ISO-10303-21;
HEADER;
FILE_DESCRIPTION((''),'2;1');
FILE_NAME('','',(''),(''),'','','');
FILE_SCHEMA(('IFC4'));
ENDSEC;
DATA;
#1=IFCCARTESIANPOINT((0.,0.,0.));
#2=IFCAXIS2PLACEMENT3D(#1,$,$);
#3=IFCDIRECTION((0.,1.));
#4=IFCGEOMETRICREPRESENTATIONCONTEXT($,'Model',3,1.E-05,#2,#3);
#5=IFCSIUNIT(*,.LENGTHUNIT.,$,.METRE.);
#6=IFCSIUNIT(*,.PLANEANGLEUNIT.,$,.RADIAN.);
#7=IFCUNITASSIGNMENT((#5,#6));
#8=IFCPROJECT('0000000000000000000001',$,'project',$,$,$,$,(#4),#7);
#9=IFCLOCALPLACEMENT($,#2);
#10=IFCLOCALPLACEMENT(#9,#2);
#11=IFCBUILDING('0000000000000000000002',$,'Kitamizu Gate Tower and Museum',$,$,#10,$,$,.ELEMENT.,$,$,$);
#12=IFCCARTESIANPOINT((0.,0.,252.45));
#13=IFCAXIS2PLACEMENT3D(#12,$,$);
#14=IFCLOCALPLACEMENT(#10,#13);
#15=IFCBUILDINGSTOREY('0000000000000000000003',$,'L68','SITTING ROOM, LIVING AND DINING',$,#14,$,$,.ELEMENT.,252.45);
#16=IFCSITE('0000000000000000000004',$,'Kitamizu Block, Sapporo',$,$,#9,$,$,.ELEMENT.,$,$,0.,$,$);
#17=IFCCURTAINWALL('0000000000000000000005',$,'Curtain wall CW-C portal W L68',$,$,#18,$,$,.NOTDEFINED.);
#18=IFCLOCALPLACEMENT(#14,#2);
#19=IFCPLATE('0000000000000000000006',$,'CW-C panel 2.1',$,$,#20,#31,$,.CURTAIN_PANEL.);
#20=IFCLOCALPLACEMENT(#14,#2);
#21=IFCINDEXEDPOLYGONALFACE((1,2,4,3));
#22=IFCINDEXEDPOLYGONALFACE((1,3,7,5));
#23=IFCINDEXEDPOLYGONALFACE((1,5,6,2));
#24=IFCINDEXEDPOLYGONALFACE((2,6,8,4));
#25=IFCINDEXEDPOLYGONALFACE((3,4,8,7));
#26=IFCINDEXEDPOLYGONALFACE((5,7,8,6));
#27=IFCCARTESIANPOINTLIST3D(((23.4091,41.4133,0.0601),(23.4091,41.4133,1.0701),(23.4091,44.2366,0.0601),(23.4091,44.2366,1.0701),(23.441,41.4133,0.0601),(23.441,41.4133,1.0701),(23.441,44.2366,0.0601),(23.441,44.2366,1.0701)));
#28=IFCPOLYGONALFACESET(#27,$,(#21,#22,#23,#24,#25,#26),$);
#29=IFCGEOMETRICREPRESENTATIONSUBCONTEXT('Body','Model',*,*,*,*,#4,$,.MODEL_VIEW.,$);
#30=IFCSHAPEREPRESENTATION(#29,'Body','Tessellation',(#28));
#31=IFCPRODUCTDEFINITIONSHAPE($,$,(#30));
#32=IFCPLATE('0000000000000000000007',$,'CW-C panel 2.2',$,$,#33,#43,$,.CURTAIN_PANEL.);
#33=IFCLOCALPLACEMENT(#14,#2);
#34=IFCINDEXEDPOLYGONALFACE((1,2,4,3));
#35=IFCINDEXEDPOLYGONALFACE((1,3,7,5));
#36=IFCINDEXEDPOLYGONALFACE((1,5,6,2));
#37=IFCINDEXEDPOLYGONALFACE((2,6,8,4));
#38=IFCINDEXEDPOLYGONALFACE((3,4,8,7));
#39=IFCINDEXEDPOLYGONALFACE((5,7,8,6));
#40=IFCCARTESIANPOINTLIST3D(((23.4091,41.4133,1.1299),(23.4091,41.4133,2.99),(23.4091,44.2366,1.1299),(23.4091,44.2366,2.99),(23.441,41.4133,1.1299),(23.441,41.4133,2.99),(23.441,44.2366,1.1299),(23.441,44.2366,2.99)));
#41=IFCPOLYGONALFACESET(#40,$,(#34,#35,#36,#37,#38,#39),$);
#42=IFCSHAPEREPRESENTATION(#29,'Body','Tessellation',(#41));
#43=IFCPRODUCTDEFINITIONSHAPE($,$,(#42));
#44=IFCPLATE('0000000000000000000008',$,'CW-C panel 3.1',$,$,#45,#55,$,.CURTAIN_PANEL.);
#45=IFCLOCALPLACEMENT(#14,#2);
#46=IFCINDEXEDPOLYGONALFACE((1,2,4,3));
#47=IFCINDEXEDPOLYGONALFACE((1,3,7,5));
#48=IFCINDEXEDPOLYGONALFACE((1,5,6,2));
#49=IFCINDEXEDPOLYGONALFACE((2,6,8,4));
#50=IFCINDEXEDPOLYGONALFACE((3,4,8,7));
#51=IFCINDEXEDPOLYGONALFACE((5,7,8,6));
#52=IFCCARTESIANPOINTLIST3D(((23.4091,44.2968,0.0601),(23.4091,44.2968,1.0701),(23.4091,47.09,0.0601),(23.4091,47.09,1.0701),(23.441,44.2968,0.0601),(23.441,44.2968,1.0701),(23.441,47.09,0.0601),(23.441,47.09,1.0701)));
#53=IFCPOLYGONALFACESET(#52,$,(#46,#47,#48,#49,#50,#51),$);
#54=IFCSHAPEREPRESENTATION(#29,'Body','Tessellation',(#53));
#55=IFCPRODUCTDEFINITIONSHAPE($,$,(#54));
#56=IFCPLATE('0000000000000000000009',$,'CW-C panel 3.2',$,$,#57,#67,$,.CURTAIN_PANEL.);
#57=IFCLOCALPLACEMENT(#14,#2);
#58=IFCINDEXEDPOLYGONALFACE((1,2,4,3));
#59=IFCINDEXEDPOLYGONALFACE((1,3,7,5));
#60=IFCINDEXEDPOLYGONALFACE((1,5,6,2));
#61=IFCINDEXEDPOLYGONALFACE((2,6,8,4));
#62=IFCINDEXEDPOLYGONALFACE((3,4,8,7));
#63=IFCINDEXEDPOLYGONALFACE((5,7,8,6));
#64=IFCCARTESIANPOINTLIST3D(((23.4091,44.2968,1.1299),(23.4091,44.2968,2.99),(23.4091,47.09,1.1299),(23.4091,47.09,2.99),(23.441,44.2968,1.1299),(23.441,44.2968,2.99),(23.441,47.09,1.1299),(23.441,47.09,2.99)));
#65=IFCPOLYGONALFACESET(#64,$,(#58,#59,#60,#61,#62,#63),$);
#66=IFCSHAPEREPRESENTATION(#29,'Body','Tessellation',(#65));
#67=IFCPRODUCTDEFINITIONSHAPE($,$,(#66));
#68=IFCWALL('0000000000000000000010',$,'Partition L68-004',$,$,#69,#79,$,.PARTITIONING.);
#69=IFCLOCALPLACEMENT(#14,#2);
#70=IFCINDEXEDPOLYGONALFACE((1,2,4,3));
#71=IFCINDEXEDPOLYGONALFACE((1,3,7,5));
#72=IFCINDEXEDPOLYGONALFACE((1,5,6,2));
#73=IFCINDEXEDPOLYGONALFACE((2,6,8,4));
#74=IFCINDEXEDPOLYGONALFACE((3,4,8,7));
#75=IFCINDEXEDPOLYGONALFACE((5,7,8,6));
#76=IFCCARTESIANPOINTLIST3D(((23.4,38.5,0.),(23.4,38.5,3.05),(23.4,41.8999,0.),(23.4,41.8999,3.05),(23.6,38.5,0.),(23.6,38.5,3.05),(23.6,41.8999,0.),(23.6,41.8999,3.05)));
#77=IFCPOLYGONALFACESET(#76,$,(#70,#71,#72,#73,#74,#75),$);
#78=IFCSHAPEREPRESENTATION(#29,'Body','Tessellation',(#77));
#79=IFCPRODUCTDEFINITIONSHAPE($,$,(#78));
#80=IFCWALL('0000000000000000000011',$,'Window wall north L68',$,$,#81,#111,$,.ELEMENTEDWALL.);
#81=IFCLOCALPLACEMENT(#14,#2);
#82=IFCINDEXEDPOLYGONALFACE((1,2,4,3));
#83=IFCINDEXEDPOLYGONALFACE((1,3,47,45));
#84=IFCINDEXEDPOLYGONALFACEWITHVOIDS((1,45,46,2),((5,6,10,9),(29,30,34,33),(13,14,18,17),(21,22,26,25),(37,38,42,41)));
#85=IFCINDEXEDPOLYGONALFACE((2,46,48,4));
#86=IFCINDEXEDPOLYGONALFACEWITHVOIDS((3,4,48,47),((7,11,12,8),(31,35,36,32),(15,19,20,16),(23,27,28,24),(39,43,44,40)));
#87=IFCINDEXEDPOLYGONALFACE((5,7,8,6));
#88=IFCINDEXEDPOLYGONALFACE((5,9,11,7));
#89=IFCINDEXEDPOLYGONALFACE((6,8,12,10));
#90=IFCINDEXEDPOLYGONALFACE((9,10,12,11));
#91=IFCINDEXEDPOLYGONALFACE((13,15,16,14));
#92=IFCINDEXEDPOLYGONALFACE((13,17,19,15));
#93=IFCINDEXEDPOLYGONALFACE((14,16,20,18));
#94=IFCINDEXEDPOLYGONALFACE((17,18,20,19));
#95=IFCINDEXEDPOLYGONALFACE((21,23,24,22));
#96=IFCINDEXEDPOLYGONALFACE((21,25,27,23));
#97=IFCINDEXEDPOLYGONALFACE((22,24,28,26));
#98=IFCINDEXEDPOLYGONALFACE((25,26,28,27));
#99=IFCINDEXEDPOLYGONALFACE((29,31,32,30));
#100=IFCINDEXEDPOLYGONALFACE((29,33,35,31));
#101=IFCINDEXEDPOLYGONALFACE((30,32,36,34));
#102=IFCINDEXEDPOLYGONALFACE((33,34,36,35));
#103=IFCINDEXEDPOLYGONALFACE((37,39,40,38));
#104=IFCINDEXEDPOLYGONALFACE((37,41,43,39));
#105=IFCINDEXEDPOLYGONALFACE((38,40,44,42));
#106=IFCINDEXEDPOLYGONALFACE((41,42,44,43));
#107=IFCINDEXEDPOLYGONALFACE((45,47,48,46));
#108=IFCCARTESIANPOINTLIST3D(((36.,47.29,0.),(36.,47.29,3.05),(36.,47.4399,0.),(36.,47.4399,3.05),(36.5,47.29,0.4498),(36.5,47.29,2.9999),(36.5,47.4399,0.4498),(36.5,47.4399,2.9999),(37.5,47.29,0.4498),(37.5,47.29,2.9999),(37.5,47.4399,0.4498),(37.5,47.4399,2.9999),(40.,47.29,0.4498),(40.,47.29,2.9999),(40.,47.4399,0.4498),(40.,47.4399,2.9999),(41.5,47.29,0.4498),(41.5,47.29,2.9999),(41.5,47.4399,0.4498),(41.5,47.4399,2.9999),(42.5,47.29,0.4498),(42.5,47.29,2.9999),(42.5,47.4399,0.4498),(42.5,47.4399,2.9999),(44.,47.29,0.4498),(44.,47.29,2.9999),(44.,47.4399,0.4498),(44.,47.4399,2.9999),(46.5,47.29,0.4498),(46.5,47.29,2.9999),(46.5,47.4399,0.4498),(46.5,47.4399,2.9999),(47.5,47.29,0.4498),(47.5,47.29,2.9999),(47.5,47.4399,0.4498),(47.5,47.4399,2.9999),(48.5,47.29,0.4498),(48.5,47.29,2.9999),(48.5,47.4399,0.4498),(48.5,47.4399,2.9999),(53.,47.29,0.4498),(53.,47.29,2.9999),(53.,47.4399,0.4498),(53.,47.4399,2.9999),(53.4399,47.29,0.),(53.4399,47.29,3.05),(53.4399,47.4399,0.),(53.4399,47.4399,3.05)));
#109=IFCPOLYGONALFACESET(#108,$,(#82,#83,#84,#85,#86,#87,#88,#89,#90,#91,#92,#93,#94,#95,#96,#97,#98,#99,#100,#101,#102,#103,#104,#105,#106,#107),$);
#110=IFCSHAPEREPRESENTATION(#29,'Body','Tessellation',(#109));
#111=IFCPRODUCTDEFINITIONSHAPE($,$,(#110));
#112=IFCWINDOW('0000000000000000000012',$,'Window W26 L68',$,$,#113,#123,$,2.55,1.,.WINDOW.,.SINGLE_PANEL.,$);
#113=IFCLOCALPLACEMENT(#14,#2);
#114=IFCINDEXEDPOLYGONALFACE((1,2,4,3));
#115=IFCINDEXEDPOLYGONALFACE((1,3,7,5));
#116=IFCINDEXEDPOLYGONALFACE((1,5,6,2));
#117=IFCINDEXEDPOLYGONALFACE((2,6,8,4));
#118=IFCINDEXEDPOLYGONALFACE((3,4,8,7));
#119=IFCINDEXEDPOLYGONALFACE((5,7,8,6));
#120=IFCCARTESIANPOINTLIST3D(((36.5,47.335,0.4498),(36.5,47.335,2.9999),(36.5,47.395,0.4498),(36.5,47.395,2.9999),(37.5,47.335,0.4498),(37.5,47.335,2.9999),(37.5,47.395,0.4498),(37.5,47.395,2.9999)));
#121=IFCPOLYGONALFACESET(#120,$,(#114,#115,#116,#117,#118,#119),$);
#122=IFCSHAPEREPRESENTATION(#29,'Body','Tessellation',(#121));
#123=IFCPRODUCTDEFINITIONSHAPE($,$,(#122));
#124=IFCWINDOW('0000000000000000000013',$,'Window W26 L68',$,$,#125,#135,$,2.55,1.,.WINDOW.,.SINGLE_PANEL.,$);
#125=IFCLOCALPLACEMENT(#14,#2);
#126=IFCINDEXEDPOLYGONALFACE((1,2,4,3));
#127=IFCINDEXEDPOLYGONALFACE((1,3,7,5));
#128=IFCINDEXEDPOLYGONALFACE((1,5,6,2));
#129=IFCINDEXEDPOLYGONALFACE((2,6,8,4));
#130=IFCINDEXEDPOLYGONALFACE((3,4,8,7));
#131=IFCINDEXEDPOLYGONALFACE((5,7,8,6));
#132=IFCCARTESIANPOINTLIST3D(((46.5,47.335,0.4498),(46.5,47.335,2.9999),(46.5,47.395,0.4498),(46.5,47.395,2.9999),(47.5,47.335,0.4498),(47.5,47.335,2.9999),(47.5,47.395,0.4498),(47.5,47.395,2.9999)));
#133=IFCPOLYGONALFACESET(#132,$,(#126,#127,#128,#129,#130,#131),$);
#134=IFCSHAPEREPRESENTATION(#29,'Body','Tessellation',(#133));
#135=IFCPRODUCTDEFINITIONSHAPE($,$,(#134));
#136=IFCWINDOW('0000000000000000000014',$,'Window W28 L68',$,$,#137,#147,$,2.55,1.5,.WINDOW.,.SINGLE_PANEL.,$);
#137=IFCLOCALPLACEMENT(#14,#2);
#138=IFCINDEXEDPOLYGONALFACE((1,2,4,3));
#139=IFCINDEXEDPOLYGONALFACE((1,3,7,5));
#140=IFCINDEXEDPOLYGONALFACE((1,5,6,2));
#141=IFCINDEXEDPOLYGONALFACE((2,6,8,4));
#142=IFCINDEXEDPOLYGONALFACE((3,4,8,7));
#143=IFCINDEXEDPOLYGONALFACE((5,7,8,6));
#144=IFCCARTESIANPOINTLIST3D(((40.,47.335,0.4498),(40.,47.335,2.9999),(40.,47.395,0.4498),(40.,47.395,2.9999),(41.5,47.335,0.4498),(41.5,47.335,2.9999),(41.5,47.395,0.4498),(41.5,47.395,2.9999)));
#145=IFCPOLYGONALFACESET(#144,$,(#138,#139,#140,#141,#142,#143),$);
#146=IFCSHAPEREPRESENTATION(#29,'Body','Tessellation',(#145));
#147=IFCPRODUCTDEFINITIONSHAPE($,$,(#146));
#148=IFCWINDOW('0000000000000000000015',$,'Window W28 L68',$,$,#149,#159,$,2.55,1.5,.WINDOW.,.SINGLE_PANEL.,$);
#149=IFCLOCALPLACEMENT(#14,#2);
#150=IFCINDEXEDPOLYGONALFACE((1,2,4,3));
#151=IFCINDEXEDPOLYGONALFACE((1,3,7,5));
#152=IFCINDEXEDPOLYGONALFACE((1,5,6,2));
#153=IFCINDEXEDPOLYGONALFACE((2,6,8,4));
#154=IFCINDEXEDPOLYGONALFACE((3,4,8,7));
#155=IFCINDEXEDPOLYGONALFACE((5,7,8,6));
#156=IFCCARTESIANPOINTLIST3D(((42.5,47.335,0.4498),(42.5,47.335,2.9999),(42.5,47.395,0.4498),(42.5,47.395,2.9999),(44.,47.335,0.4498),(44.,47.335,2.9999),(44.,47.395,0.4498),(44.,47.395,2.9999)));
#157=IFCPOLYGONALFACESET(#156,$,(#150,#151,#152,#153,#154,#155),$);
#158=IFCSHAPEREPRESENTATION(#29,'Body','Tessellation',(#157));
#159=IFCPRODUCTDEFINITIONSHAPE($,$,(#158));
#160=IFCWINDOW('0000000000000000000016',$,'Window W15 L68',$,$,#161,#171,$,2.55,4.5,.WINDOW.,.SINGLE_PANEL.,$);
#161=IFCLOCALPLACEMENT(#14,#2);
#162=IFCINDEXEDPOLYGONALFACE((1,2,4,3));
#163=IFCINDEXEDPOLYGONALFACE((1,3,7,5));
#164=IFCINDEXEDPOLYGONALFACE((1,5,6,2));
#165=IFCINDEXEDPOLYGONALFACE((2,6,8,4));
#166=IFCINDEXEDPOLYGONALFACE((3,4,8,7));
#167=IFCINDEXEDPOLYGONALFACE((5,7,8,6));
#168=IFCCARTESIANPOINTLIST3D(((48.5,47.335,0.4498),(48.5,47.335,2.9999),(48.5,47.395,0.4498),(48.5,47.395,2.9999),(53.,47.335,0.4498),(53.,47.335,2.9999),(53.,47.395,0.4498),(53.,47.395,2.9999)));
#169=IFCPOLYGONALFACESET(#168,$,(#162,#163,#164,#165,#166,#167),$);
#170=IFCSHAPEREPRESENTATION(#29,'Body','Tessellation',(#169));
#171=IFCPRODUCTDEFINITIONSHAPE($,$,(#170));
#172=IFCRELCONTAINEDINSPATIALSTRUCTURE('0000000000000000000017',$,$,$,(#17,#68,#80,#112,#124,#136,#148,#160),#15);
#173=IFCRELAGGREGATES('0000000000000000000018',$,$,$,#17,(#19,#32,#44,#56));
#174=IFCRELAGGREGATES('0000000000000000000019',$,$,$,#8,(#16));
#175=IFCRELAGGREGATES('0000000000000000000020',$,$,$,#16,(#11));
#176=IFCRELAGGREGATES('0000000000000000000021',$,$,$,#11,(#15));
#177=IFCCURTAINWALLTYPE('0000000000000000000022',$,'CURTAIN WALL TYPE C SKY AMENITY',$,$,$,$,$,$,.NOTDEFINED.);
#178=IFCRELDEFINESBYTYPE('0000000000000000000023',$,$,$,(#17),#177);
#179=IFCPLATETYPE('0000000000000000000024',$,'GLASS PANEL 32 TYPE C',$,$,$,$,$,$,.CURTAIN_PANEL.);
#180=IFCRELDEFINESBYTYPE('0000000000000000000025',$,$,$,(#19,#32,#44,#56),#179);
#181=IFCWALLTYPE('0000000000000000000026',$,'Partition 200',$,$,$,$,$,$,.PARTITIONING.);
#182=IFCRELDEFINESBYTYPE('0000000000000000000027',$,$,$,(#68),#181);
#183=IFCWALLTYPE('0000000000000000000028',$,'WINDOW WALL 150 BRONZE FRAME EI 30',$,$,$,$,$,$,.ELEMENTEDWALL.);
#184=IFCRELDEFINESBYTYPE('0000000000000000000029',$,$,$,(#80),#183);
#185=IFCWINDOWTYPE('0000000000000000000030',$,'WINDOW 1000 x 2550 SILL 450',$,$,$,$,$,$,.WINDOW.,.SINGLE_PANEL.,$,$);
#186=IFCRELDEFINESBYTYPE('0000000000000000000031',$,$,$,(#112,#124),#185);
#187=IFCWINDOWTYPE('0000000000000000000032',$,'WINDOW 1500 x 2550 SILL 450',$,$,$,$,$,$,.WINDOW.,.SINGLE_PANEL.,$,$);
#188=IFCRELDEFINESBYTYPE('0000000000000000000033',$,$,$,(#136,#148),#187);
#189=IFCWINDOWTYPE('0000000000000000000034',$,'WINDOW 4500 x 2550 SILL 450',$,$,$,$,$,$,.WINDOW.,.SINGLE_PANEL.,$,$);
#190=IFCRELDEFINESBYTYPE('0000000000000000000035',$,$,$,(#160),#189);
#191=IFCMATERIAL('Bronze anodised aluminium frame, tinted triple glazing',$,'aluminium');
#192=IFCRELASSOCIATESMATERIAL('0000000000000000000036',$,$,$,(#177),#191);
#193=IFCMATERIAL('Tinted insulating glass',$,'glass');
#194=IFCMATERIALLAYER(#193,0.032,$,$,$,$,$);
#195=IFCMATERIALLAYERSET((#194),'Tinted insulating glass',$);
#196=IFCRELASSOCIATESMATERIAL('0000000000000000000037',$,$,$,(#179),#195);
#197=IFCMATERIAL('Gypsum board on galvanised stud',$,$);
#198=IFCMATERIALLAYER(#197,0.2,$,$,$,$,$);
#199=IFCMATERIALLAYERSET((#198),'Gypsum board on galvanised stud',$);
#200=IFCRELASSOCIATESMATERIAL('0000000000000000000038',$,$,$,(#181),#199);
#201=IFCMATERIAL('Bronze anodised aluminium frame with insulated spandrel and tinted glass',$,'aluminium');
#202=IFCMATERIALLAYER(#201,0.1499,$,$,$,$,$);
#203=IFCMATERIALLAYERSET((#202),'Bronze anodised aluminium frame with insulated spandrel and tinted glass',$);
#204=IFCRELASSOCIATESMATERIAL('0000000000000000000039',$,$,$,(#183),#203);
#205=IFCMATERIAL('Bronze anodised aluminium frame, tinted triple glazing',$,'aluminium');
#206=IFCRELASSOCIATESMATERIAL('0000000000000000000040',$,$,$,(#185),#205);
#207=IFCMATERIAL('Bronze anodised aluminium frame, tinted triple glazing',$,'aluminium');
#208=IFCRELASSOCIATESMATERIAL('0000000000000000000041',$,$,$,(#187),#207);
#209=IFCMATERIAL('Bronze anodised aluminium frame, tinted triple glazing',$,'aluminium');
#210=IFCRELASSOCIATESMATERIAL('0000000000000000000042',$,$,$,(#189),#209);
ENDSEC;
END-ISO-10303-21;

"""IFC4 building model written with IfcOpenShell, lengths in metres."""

from ifc_helpers import new_model, si_unit, direction, frame, frame_2d, origin, origin_2d, place, context, subcontext, project, spatial, rectangle, extrude, material, layer, layer_set, type_object, element, fill, aggregate, save


model = new_model("IFC4")

# Units and contexts
model_context = context("Model", 3, precision=1e-05, world=origin(), true_north=direction((0.0, 1.0)))
body_context = subcontext(model_context, "Body", "Model", "MODEL_VIEW")
ifc_project = project(units=[si_unit("LENGTHUNIT", "METRE"), si_unit("PLANEANGLEUNIT", "RADIAN")], contexts=[model_context])

# Site, building, storey
site_placement = place(None, origin())
site = spatial("IfcSite", under=ifc_project, at=site_placement, Name="Kitamizu Block, Sapporo", CompositionType="ELEMENT", RefElevation=0.0)
building_placement = place(site_placement, origin())
building = spatial("IfcBuilding", under=site, at=building_placement, Name="Kitamizu Gate Tower and Museum", CompositionType="ELEMENT")
storey_placement = place(building_placement, frame((0.0, 0.0, 252.45)))
storey = spatial("IfcBuildingStorey", under=building, at=storey_placement, Name="L68", Description="SITTING ROOM, LIVING AND DINING", CompositionType="ELEMENT", Elevation=252.45)

# Curtain wall, plates
ifc_material_1 = material(Name="Bronze anodised aluminium frame, tinted triple glazing", Category="aluminium")
curtain_wall_type = type_object("IfcCurtainWallType", Name="CURTAIN WALL TYPE C SKY AMENITY", PredefinedType="NOTDEFINED", material=ifc_material_1)
curtain_wall_placement = place(storey_placement, origin())
curtain_wall = element("IfcCurtainWall", 1, at=curtain_wall_placement, inside=storey, type_object=curtain_wall_type, Name="Curtain wall CW-C portal W L68", PredefinedType="NOTDEFINED")
ifc_material_2 = material(Name="Tinted insulating glass", Category="glass")
ifc_layer_1 = layer(ifc_material_2, 0.032)
ifc_layer_set_1 = layer_set([ifc_layer_1], Name="Tinted insulating glass")
plate_type = type_object("IfcPlateType", Name="GLASS PANEL 32 TYPE C", PredefinedType="CURTAIN_PANEL", material=ifc_layer_set_1)
plate_1_placement = place(storey_placement, frame((23.425, 42.825, 0.0601), z_axis=(0.0, 0.0, 1.0), x_axis=(0.0, 1.0, 0.0)))
plate_1 = element("IfcPlate", 2, at=plate_1_placement, type_object=plate_type, Name="CW-C panel 2.1", PredefinedType="CURTAIN_PANEL", context=body_context, shape_type="SweptSolid", body=[
    extrude(rectangle(XDim=2.8232, YDim=0.032, at=origin_2d()), origin(), (0.0, 0.0, 1.0), 1.01),
])
plate_2_placement = place(storey_placement, frame((23.425, 42.825, 1.1299), z_axis=(0.0, 0.0, 1.0), x_axis=(0.0, 1.0, 0.0)))
plate_2 = element("IfcPlate", 3, at=plate_2_placement, type_object=plate_type, Name="CW-C panel 2.2", PredefinedType="CURTAIN_PANEL", context=body_context, shape_type="SweptSolid", body=[
    extrude(rectangle(XDim=2.8232, YDim=0.032, at=origin_2d()), origin(), (0.0, 0.0, 1.0), 1.8601),
])
plate_3_placement = place(storey_placement, frame((23.425, 45.6934, 0.0601), z_axis=(0.0, 0.0, 1.0), x_axis=(0.0, 1.0, 0.0)))
plate_3 = element("IfcPlate", 4, at=plate_3_placement, type_object=plate_type, Name="CW-C panel 3.1", PredefinedType="CURTAIN_PANEL", context=body_context, shape_type="SweptSolid", body=[
    extrude(rectangle(XDim=2.7932, YDim=0.032, at=origin_2d()), origin(), (0.0, 0.0, 1.0), 1.01),
])
plate_4_placement = place(storey_placement, frame((23.425, 45.6934, 1.1299), z_axis=(0.0, 0.0, 1.0), x_axis=(0.0, 1.0, 0.0)))
plate_4 = element("IfcPlate", 5, at=plate_4_placement, type_object=plate_type, Name="CW-C panel 3.2", PredefinedType="CURTAIN_PANEL", context=body_context, shape_type="SweptSolid", body=[
    extrude(rectangle(XDim=2.7932, YDim=0.032, at=origin_2d()), origin(), (0.0, 0.0, 1.0), 1.8601),
])
aggregate(curtain_wall, [plate_1, plate_2, plate_3, plate_4])

# Wall
ifc_material_3 = material(Name="Gypsum board on galvanised stud")
ifc_layer_2 = layer(ifc_material_3, 0.2)
ifc_layer_set_2 = layer_set([ifc_layer_2], Name="Gypsum board on galvanised stud")
wall_type_1 = type_object("IfcWallType", Name="Partition 200", PredefinedType="PARTITIONING", material=ifc_layer_set_2)
wall_1_placement = place(storey_placement, frame((23.5, 41.8999, 0.0), z_axis=(0.0, 0.0, 1.0), x_axis=(0.0, -1.0, 0.0)))
element("IfcWall", 6, at=wall_1_placement, inside=storey, type_object=wall_type_1, Name="Partition L68-004", PredefinedType="PARTITIONING", context=body_context, shape_type="SweptSolid", body=[
    extrude(rectangle(XDim=3.3999, YDim=0.2, at=frame_2d((1.7, 0.0))), origin(), (0.0, 0.0, 1.0), 3.05),
])

# Wall, openings, windows
ifc_material_4 = material(Name="Bronze anodised aluminium frame with insulated spandrel and tinted glass", Category="aluminium")
ifc_layer_3 = layer(ifc_material_4, 0.1499)
ifc_layer_set_3 = layer_set([ifc_layer_3], Name="Bronze anodised aluminium frame with insulated spandrel and tinted glass")
wall_type_2 = type_object("IfcWallType", Name="WINDOW WALL 150 BRONZE FRAME EI 30", PredefinedType="ELEMENTEDWALL", material=ifc_layer_set_3)
wall_2_placement = place(storey_placement, frame((36.0, 47.365, 0.0), z_axis=(0.0, 0.0, 1.0), x_axis=(1.0, 0.0, 0.0)))
wall_2 = element("IfcWall", 7, at=wall_2_placement, inside=storey, type_object=wall_type_2, Name="Window wall north L68", PredefinedType="ELEMENTEDWALL", context=body_context, shape_type="SweptSolid", body=[
    extrude(rectangle(XDim=17.4399, YDim=0.1499, at=frame_2d((8.72, 0.0))), origin(), (0.0, 0.0, 1.0), 3.05),
])
opening_1_placement = place(wall_2_placement, frame((0.5, 0.0, 0.45)))
opening_1 = element("IfcOpeningElement", 8, at=opening_1_placement, cuts=wall_2, PredefinedType="OPENING", context=body_context, shape_type="SweptSolid", body=[
    extrude(rectangle(XDim=1.0, YDim=2.55, at=frame_2d((0.5, 1.2749))), frame((0.0, 0.085, 0.0), z_axis=(0.0, -1.0, 0.0), x_axis=(1.0, 0.0, 0.0)), (0.0, 0.0, 1.0), 0.1699),
])
opening_2_placement = place(wall_2_placement, frame((4.0, 0.0, 0.45)))
opening_2 = element("IfcOpeningElement", 9, at=opening_2_placement, cuts=wall_2, PredefinedType="OPENING", context=body_context, shape_type="SweptSolid", body=[
    extrude(rectangle(XDim=1.5, YDim=2.55, at=frame_2d((0.75, 1.2749))), frame((0.0, 0.085, 0.0), z_axis=(0.0, -1.0, 0.0), x_axis=(1.0, 0.0, 0.0)), (0.0, 0.0, 1.0), 0.1699),
])
opening_3_placement = place(wall_2_placement, frame((6.5, 0.0, 0.45)))
opening_3 = element("IfcOpeningElement", 10, at=opening_3_placement, cuts=wall_2, PredefinedType="OPENING", context=body_context, shape_type="SweptSolid", body=[
    extrude(rectangle(XDim=1.5, YDim=2.55, at=frame_2d((0.75, 1.2749))), frame((0.0, 0.085, 0.0), z_axis=(0.0, -1.0, 0.0), x_axis=(1.0, 0.0, 0.0)), (0.0, 0.0, 1.0), 0.1699),
])
opening_4_placement = place(wall_2_placement, frame((10.5, 0.0, 0.45)))
opening_4 = element("IfcOpeningElement", 11, at=opening_4_placement, cuts=wall_2, PredefinedType="OPENING", context=body_context, shape_type="SweptSolid", body=[
    extrude(rectangle(XDim=1.0, YDim=2.55, at=frame_2d((0.5, 1.2749))), frame((0.0, 0.085, 0.0), z_axis=(0.0, -1.0, 0.0), x_axis=(1.0, 0.0, 0.0)), (0.0, 0.0, 1.0), 0.1699),
])
opening_5_placement = place(wall_2_placement, frame((12.5, 0.0, 0.45)))
opening_5 = element("IfcOpeningElement", 12, at=opening_5_placement, cuts=wall_2, PredefinedType="OPENING", context=body_context, shape_type="SweptSolid", body=[
    extrude(rectangle(XDim=4.5, YDim=2.55, at=frame_2d((2.25, 1.2749))), frame((0.0, 0.085, 0.0), z_axis=(0.0, -1.0, 0.0), x_axis=(1.0, 0.0, 0.0)), (0.0, 0.0, 1.0), 0.1699),
])
ifc_material_5 = material(Name="Bronze anodised aluminium frame, tinted triple glazing", Category="aluminium")
window_type_1 = type_object("IfcWindowType", Name="WINDOW 1000 x 2550 SILL 450", PartitioningType="SINGLE_PANEL", PredefinedType="WINDOW", material=ifc_material_5)
window_1_placement = place(opening_1_placement, origin())
window_1 = element("IfcWindow", 13, at=window_1_placement, inside=storey, type_object=window_type_1, Name="Window W26 L68", OverallHeight=2.55, OverallWidth=1.0, PartitioningType="SINGLE_PANEL", PredefinedType="WINDOW", context=body_context, shape_type="SweptSolid", body=[
    extrude(rectangle(XDim=1.0, YDim=2.55, at=frame_2d((0.5, 1.2749))), frame((0.0, 0.03, 0.0), z_axis=(0.0, -1.0, 0.0), x_axis=(1.0, 0.0, 0.0)), (0.0, 0.0, 1.0), 0.0601),
])
fill(opening_1, window_1)
window_2_placement = place(opening_4_placement, origin())
window_2 = element("IfcWindow", 14, at=window_2_placement, inside=storey, type_object=window_type_1, Name="Window W26 L68", OverallHeight=2.55, OverallWidth=1.0, PartitioningType="SINGLE_PANEL", PredefinedType="WINDOW", context=body_context, shape_type="SweptSolid", body=[
    extrude(rectangle(XDim=1.0, YDim=2.55, at=frame_2d((0.5, 1.2749))), frame((0.0, 0.03, 0.0), z_axis=(0.0, -1.0, 0.0), x_axis=(1.0, 0.0, 0.0)), (0.0, 0.0, 1.0), 0.0601),
])
fill(opening_4, window_2)
ifc_material_6 = material(Name="Bronze anodised aluminium frame, tinted triple glazing", Category="aluminium")
window_type_2 = type_object("IfcWindowType", Name="WINDOW 1500 x 2550 SILL 450", PartitioningType="SINGLE_PANEL", PredefinedType="WINDOW", material=ifc_material_6)
window_3_placement = place(opening_2_placement, origin())
window_3 = element("IfcWindow", 15, at=window_3_placement, inside=storey, type_object=window_type_2, Name="Window W28 L68", OverallHeight=2.55, OverallWidth=1.5, PartitioningType="SINGLE_PANEL", PredefinedType="WINDOW", context=body_context, shape_type="SweptSolid", body=[
    extrude(rectangle(XDim=1.5, YDim=2.55, at=frame_2d((0.75, 1.2749))), frame((0.0, 0.03, 0.0), z_axis=(0.0, -1.0, 0.0), x_axis=(1.0, 0.0, 0.0)), (0.0, 0.0, 1.0), 0.0601),
])
fill(opening_2, window_3)
window_4_placement = place(opening_3_placement, origin())
window_4 = element("IfcWindow", 16, at=window_4_placement, inside=storey, type_object=window_type_2, Name="Window W28 L68", OverallHeight=2.55, OverallWidth=1.5, PartitioningType="SINGLE_PANEL", PredefinedType="WINDOW", context=body_context, shape_type="SweptSolid", body=[
    extrude(rectangle(XDim=1.5, YDim=2.55, at=frame_2d((0.75, 1.2749))), frame((0.0, 0.03, 0.0), z_axis=(0.0, -1.0, 0.0), x_axis=(1.0, 0.0, 0.0)), (0.0, 0.0, 1.0), 0.0601),
])
fill(opening_3, window_4)
ifc_material_7 = material(Name="Bronze anodised aluminium frame, tinted triple glazing", Category="aluminium")
window_type_3 = type_object("IfcWindowType", Name="WINDOW 4500 x 2550 SILL 450", PartitioningType="SINGLE_PANEL", PredefinedType="WINDOW", material=ifc_material_7)
window_5_placement = place(opening_5_placement, origin())
window_5 = element("IfcWindow", 17, at=window_5_placement, inside=storey, type_object=window_type_3, Name="Window W15 L68", OverallHeight=2.55, OverallWidth=4.5, PartitioningType="SINGLE_PANEL", PredefinedType="WINDOW", context=body_context, shape_type="SweptSolid", body=[
    extrude(rectangle(XDim=4.5, YDim=2.55, at=frame_2d((2.25, 1.2749))), frame((0.0, 0.03, 0.0), z_axis=(0.0, -1.0, 0.0), x_axis=(1.0, 0.0, 0.0)), (0.0, 0.0, 1.0), 0.0601),
])
fill(opening_5, window_5)

save(model, "model.ifc")
